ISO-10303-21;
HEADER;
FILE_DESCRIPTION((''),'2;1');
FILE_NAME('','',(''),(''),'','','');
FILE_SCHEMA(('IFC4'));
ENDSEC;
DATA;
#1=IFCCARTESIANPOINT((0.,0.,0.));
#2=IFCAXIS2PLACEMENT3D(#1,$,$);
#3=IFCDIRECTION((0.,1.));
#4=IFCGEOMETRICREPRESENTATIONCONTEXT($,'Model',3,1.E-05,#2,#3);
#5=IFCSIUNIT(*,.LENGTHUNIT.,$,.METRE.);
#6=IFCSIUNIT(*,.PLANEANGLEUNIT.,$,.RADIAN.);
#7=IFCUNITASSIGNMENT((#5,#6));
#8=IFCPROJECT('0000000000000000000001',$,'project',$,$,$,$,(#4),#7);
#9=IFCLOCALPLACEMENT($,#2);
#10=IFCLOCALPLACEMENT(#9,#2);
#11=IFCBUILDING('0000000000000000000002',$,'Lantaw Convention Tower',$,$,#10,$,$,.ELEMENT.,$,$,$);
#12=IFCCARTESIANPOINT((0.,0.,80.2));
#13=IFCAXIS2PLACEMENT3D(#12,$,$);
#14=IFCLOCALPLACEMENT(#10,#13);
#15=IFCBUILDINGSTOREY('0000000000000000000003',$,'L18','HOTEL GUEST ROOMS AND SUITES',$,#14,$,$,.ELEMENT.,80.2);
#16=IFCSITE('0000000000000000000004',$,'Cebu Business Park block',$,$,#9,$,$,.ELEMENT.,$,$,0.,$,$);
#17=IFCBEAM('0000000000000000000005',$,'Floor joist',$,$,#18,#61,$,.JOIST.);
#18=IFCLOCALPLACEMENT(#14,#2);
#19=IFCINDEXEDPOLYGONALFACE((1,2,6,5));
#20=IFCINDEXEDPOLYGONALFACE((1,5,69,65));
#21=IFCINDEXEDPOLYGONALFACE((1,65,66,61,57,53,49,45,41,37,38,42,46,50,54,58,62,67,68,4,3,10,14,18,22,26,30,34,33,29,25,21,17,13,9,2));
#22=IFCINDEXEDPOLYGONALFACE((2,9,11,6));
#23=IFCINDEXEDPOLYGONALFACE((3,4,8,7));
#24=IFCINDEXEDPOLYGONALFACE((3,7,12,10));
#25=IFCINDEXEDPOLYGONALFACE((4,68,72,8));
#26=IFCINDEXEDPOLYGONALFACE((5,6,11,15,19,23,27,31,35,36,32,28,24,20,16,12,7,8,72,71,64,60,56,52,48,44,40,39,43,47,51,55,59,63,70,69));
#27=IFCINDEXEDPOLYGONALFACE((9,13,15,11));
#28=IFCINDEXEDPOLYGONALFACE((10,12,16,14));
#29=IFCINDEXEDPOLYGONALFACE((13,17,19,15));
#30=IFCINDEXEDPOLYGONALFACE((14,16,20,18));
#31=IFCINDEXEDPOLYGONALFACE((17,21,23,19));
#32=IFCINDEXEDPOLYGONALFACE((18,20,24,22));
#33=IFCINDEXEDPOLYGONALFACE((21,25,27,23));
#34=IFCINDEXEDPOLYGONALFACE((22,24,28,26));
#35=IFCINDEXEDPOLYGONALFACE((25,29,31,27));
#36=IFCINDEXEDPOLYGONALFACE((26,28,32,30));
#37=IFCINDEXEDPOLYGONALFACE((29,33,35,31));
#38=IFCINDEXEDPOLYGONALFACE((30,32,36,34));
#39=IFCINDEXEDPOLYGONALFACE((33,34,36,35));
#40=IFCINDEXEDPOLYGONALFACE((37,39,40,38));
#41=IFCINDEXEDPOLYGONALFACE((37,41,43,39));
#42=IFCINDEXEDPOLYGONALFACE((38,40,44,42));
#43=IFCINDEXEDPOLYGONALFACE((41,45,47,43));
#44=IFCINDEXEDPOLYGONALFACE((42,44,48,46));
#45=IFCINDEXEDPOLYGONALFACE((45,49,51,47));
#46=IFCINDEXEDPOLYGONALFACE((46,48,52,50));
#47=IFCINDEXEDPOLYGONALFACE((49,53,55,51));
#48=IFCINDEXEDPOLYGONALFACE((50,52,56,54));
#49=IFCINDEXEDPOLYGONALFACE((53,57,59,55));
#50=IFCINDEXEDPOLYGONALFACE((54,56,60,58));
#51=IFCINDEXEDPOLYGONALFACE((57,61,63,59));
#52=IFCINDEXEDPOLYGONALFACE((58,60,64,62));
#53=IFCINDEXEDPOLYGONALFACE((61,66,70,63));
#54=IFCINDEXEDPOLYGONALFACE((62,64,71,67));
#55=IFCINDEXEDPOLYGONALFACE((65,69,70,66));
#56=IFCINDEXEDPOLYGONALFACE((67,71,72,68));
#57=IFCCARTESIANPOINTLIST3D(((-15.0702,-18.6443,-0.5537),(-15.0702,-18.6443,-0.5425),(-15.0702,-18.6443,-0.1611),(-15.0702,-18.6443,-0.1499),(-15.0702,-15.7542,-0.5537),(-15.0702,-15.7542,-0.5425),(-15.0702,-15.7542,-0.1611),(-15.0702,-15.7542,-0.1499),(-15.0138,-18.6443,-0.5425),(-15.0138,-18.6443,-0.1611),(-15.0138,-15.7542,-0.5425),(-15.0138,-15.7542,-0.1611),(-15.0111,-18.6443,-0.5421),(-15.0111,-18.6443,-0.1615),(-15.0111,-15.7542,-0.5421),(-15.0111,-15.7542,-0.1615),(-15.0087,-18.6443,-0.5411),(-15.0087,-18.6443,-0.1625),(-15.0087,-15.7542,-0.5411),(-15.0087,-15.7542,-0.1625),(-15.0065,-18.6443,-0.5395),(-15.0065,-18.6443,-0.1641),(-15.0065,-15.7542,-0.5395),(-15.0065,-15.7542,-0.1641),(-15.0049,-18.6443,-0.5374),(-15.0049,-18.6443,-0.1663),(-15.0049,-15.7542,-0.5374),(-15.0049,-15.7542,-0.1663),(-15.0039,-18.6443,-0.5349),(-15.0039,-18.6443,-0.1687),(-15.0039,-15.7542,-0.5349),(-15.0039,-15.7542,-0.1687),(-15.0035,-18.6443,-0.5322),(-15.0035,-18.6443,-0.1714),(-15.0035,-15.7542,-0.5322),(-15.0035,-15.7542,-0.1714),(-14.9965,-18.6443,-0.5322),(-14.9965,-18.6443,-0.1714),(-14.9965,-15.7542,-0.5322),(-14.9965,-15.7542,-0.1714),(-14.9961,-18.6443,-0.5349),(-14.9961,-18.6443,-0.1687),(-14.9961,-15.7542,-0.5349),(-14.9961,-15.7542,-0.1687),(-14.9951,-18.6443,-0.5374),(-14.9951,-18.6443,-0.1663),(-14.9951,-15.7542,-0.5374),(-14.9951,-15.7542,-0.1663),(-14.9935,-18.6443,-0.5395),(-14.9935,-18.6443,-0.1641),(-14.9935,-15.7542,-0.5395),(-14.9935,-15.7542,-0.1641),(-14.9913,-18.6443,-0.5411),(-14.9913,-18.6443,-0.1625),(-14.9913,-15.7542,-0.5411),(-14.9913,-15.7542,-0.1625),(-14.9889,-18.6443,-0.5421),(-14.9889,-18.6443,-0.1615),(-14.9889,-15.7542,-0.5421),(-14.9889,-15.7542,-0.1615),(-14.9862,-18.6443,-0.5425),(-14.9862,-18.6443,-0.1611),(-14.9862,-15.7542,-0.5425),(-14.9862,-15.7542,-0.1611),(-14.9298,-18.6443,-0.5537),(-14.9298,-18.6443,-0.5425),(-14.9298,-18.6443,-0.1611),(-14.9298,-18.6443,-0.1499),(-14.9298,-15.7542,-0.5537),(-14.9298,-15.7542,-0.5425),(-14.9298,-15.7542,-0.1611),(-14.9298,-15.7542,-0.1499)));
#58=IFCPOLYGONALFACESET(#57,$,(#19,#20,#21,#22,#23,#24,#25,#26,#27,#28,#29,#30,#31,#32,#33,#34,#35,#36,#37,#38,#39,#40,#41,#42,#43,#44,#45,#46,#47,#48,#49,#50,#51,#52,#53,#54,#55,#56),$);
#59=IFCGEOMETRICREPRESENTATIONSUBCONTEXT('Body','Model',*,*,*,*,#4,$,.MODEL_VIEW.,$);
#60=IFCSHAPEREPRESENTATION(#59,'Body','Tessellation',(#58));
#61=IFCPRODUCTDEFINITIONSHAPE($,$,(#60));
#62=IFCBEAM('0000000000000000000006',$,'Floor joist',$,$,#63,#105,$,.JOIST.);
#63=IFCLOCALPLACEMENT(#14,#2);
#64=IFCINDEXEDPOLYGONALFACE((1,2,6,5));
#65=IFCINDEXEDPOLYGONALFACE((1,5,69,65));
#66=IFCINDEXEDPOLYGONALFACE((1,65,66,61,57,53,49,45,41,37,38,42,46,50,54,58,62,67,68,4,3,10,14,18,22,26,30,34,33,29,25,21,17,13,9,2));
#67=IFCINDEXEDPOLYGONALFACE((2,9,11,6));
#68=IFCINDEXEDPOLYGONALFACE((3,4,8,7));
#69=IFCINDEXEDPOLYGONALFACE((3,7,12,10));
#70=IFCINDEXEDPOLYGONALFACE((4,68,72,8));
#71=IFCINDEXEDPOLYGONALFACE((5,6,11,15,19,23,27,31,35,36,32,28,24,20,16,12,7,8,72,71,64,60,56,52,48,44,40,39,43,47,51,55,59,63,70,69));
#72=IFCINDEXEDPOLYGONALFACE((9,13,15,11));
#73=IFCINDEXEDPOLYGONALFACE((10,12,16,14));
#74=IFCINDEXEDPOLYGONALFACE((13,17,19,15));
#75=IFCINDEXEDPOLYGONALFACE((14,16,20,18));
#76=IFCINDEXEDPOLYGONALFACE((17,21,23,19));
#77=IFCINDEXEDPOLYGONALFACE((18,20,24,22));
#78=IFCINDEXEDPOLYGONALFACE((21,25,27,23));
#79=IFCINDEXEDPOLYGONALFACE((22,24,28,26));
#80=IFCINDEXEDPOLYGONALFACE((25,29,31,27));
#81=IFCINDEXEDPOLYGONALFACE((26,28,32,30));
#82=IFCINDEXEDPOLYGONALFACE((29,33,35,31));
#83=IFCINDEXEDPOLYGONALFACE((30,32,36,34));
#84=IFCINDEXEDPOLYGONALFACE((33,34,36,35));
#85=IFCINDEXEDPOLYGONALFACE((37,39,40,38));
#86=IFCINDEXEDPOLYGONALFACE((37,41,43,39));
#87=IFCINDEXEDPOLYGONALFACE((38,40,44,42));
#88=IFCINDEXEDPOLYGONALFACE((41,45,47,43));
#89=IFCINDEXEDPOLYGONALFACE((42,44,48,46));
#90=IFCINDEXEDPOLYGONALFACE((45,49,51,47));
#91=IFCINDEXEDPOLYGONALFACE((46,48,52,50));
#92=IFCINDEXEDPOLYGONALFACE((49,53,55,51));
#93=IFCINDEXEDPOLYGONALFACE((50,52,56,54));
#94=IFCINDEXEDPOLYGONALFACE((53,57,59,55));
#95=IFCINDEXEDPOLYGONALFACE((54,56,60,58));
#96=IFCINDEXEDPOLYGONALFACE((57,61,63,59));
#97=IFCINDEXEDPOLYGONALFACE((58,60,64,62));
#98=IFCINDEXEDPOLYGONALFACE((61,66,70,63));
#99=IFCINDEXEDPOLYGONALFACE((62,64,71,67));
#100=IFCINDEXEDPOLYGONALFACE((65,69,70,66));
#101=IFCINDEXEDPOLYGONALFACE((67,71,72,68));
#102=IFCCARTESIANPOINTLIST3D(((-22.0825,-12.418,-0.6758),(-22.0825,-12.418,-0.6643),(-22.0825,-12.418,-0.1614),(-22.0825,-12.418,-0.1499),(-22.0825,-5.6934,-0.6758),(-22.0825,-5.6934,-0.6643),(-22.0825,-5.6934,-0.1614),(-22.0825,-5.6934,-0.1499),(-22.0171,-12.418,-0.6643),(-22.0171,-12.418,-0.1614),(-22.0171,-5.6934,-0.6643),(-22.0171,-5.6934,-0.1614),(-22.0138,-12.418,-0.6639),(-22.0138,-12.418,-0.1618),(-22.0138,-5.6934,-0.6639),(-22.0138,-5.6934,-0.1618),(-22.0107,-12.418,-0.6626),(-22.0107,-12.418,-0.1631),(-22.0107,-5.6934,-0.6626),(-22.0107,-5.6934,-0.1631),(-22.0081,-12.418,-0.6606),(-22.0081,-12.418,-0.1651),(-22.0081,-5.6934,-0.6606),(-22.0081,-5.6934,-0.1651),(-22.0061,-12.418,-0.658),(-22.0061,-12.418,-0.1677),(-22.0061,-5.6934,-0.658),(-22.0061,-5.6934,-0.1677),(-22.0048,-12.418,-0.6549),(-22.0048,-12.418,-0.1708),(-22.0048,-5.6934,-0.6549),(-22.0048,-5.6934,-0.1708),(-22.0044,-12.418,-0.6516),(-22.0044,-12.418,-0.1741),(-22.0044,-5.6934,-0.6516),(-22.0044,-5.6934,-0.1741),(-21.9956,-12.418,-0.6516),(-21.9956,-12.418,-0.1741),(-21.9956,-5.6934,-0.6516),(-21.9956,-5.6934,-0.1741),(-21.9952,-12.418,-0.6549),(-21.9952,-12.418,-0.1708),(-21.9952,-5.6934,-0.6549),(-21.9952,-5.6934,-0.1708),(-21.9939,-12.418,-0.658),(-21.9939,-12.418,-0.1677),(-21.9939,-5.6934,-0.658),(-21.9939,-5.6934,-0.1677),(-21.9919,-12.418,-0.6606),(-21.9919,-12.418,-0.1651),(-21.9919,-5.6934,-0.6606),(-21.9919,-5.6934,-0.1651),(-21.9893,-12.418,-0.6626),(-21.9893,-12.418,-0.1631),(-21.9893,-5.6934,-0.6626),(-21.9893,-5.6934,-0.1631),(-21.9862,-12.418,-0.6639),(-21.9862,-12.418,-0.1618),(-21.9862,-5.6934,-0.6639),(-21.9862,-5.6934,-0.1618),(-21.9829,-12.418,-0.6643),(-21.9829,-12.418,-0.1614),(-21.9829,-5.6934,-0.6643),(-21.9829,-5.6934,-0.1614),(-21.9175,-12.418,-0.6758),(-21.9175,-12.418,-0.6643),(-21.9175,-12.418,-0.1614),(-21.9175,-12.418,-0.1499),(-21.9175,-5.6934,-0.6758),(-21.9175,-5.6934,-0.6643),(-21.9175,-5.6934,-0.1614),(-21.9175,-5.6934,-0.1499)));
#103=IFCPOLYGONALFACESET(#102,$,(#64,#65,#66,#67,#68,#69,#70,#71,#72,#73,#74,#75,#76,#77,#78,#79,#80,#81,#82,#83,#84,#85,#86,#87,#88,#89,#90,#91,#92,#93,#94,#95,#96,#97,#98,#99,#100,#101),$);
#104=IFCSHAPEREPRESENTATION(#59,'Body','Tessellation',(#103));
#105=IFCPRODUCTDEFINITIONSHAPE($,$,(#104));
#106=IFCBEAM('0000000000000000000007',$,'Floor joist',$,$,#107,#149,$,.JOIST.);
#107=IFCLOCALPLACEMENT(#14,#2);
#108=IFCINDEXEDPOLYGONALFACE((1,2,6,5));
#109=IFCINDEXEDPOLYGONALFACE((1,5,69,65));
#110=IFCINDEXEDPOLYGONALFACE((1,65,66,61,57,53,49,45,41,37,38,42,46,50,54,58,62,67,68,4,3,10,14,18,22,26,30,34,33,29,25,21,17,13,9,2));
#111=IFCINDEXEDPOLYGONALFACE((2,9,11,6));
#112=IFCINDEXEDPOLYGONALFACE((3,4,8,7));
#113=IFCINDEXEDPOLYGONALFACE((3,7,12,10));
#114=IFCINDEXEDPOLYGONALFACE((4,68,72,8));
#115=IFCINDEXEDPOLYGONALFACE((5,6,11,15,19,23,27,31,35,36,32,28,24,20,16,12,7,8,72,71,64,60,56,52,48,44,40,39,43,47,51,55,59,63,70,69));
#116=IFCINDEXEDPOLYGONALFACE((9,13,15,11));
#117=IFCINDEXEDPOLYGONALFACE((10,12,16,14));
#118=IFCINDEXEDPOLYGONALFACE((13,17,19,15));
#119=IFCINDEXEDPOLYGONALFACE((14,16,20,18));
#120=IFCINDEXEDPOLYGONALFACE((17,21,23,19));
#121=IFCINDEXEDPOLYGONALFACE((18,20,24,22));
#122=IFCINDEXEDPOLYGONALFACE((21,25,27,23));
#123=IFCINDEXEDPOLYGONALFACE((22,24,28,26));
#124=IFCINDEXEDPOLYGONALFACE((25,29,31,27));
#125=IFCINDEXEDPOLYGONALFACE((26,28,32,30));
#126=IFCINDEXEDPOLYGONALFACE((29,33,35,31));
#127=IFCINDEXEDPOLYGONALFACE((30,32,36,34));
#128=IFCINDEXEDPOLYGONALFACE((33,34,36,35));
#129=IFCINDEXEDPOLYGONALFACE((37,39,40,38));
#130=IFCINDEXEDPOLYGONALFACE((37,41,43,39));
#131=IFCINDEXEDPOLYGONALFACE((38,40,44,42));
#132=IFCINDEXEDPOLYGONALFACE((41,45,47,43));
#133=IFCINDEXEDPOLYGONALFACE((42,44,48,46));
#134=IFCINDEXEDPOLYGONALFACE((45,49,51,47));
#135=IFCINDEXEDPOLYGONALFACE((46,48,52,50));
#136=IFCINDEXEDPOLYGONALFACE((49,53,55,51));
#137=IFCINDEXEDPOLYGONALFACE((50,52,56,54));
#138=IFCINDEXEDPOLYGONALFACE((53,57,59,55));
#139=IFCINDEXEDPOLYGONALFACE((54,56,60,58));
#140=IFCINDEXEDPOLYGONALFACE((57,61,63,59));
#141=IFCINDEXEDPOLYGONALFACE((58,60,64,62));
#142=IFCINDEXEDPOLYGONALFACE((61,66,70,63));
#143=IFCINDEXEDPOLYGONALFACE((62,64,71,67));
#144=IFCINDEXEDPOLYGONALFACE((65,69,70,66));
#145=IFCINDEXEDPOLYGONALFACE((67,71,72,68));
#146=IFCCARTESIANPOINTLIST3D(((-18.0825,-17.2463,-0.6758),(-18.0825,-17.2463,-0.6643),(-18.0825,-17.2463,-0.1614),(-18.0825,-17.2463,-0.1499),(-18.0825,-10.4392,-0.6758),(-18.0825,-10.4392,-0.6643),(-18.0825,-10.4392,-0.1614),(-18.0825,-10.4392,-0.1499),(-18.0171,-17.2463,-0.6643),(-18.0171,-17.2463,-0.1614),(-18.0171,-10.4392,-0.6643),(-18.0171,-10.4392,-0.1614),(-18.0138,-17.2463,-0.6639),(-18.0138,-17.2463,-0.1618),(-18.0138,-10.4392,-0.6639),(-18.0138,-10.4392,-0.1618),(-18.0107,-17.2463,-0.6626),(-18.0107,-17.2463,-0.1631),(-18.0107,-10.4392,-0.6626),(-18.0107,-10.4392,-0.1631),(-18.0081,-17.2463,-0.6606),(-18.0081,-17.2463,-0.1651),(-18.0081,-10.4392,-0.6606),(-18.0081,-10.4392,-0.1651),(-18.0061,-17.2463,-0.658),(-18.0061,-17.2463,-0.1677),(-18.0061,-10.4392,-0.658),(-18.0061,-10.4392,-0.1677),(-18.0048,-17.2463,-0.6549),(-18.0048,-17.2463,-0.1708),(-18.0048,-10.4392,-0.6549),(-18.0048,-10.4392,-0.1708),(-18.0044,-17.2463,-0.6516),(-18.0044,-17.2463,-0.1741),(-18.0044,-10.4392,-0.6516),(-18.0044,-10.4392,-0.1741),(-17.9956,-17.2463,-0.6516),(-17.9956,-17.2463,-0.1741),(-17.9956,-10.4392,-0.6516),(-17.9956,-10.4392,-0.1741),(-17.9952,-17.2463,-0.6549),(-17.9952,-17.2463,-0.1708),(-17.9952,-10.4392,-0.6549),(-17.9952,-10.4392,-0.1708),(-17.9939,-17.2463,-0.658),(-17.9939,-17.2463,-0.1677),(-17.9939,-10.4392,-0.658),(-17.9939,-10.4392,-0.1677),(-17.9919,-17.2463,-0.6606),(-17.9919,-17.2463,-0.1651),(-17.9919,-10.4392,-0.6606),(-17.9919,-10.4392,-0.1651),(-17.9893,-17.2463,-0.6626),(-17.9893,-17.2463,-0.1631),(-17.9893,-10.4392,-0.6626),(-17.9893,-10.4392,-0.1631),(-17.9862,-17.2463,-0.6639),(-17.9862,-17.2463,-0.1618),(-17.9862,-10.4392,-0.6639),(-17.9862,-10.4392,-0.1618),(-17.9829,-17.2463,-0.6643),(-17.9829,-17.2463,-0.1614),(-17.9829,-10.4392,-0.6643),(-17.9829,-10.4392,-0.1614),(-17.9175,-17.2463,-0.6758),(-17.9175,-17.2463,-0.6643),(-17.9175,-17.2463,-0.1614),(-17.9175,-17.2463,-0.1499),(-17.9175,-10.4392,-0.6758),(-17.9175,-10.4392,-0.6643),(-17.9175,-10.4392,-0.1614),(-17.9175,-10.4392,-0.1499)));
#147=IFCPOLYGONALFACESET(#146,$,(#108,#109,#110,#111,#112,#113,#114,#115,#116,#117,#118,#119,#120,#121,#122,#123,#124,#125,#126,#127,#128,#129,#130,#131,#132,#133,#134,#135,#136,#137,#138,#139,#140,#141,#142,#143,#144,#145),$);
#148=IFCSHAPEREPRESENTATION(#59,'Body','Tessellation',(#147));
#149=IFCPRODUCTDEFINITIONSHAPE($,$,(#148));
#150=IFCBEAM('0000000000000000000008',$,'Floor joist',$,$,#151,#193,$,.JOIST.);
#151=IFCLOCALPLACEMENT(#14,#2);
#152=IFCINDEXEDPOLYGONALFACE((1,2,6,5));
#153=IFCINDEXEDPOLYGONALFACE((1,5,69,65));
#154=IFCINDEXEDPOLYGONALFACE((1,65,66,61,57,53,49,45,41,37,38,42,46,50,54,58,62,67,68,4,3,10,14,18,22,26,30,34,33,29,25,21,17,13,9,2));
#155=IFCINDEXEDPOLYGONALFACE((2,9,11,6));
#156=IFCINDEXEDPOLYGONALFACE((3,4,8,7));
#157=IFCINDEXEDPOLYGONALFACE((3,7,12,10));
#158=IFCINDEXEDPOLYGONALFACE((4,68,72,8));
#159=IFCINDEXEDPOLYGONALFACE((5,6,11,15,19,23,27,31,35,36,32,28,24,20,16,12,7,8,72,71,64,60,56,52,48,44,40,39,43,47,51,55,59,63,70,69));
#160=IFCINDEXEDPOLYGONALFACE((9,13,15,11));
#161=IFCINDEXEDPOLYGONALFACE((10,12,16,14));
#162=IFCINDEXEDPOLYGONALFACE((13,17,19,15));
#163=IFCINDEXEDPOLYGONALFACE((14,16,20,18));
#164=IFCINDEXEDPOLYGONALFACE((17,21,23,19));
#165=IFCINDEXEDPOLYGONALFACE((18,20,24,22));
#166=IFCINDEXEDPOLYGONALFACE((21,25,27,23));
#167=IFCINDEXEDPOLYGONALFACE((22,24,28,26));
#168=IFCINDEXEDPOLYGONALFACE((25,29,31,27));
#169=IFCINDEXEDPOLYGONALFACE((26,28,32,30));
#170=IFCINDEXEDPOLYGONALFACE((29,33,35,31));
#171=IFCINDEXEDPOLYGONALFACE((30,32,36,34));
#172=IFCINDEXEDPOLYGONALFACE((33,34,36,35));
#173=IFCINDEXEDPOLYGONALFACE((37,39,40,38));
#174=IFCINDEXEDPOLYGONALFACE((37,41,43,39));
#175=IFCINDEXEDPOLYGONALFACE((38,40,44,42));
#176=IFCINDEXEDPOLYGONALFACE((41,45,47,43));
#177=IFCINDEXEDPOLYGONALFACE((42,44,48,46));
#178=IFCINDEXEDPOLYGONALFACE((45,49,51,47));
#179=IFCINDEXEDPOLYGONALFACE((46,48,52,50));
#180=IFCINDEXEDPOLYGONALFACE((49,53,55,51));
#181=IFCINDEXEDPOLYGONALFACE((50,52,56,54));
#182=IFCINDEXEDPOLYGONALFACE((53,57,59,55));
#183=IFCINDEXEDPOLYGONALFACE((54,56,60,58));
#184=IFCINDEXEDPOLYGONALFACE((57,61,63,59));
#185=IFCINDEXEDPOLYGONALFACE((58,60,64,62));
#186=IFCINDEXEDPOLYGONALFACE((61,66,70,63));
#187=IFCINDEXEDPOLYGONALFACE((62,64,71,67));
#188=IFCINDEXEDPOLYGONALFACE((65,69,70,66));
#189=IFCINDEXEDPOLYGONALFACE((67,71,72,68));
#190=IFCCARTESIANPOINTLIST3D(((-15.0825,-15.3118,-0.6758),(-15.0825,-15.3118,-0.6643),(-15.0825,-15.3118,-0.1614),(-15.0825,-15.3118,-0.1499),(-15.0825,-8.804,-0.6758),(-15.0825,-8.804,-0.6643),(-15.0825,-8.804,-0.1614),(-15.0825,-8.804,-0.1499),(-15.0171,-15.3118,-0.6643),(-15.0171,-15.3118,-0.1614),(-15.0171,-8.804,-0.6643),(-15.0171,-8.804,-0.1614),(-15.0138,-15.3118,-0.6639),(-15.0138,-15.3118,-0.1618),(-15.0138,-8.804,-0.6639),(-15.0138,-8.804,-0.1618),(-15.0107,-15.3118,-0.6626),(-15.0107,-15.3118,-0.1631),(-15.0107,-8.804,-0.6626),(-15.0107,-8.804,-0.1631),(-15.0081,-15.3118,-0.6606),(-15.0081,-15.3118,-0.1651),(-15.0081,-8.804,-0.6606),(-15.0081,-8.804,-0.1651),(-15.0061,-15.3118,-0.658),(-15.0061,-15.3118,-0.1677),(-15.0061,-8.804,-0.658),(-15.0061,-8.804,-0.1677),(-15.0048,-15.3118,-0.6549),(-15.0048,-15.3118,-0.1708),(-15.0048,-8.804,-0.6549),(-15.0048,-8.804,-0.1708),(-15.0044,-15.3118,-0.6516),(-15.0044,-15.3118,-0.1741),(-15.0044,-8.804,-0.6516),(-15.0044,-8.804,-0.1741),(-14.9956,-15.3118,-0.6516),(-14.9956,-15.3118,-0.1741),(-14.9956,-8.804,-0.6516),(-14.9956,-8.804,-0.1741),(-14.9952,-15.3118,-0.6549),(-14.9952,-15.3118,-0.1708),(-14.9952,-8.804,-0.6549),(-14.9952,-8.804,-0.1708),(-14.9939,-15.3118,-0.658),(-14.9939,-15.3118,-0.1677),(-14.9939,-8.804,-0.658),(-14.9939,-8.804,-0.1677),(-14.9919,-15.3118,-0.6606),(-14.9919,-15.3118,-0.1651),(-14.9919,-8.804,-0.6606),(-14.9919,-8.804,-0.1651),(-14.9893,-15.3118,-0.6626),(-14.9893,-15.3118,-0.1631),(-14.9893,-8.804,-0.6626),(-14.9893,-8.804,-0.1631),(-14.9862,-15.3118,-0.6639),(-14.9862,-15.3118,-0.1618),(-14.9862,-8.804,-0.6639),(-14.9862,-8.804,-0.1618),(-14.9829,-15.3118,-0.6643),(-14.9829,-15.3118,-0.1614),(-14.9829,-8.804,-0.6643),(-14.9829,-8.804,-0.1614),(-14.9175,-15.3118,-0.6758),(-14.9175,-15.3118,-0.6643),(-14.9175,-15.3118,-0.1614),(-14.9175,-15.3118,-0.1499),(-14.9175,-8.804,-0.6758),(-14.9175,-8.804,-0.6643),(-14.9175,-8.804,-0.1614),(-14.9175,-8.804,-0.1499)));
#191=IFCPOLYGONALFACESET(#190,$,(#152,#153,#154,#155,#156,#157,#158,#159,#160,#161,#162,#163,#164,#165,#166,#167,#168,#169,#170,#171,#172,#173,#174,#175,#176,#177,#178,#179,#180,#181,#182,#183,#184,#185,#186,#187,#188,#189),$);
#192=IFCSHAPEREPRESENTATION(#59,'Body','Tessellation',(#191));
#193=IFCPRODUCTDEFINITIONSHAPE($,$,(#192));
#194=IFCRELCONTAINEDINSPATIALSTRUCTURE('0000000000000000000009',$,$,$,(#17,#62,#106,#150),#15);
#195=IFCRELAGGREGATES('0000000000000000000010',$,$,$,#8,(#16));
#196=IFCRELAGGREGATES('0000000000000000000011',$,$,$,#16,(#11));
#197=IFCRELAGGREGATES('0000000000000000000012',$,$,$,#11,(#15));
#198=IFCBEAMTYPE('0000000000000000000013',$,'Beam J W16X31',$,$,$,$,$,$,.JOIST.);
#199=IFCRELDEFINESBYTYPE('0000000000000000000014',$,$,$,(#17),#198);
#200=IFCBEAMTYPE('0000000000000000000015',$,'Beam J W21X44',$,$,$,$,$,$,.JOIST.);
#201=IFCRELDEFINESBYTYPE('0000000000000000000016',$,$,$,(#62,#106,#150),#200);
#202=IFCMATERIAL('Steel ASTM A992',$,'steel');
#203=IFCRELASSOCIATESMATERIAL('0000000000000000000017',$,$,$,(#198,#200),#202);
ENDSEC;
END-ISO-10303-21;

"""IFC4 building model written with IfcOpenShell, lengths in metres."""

from ifc_helpers import new_model, si_unit, direction, frame, origin, origin_2d, place, context, subcontext, project, spatial, i_section, extrude, material, material_profile, profile_set, type_object, element, save


model = new_model("IFC4")

# Units and contexts
model_context = context("Model", 3, precision=1e-05, world=origin(), true_north=direction((0.0, 1.0)))
body_context = subcontext(model_context, "Body", "Model", "MODEL_VIEW")
ifc_project = project(units=[si_unit("LENGTHUNIT", "METRE"), si_unit("PLANEANGLEUNIT", "RADIAN")], contexts=[model_context])

# Site, building, storey
site_placement = place(None, origin())
site = spatial("IfcSite", under=ifc_project, at=site_placement, Name="Cebu Business Park block", CompositionType="ELEMENT", RefElevation=0.0)
building_placement = place(site_placement, origin())
building = spatial("IfcBuilding", under=site, at=building_placement, Name="Lantaw Convention Tower", CompositionType="ELEMENT")
storey_placement = place(building_placement, frame((0.0, 0.0, 80.2)))
storey = spatial("IfcBuildingStorey", under=building, at=storey_placement, Name="L18", Description="HOTEL GUEST ROOMS AND SUITES", CompositionType="ELEMENT", Elevation=80.2)

# Beams
ifc_material_1 = material(Name="Steel ASTM A992", Category="steel")
ifc_material_profile_1 = material_profile(ifc_material_1, i_section(OverallWidth=0.1404, OverallDepth=0.4038, WebThickness=0.0071, FlangeThickness=0.0112, FilletRadius=0.0103, at=origin_2d()), Name="W16X31")
ifc_profile_set_1 = profile_set([ifc_material_profile_1], Name="Steel ASTM A992")
beam_type_1 = type_object("IfcBeamType", Name="Beam J W16X31", PredefinedType="JOIST", material=ifc_profile_set_1)
beam_1_placement = place(storey_placement, frame((-15.0, -18.6443, -0.3518), z_axis=(0.0, 1.0, 0.0), x_axis=(-1.0, 0.0, 0.0)))
element("IfcBeam", 1, at=beam_1_placement, inside=storey, type_object=beam_type_1, Name="Floor joist", PredefinedType="JOIST", context=body_context, shape_type="SweptSolid", body=[
    extrude(i_section(OverallWidth=0.1404, OverallDepth=0.4038, WebThickness=0.0071, FlangeThickness=0.0112, FilletRadius=0.0103, at=origin_2d()), origin(), (0.0, 0.0, 1.0), 2.8901),
])
ifc_material_profile_2 = material_profile(ifc_material_1, i_section(OverallWidth=0.165, OverallDepth=0.5259, WebThickness=0.0088, FlangeThickness=0.0115, FilletRadius=0.0127, at=origin_2d()), Name="W21X44")
ifc_profile_set_2 = profile_set([ifc_material_profile_2], Name="Steel ASTM A992")
beam_type_2 = type_object("IfcBeamType", Name="Beam J W21X44", PredefinedType="JOIST", material=ifc_profile_set_2)
beam_2_placement = place(storey_placement, frame((-22.0, -12.418, -0.4128), z_axis=(0.0, 1.0, 0.0), x_axis=(-1.0, 0.0, 0.0)))
element("IfcBeam", 2, at=beam_2_placement, inside=storey, type_object=beam_type_2, Name="Floor joist", PredefinedType="JOIST", context=body_context, shape_type="SweptSolid", body=[
    extrude(i_section(OverallWidth=0.165, OverallDepth=0.5259, WebThickness=0.0088, FlangeThickness=0.0115, FilletRadius=0.0127, at=origin_2d()), origin(), (0.0, 0.0, 1.0), 6.7246),
])
beam_3_placement = place(storey_placement, frame((-18.0, -17.2463, -0.4128), z_axis=(0.0, 1.0, 0.0), x_axis=(-1.0, 0.0, 0.0)))
element("IfcBeam", 3, at=beam_3_placement, inside=storey, type_object=beam_type_2, Name="Floor joist", PredefinedType="JOIST", context=body_context, shape_type="SweptSolid", body=[
    extrude(i_section(OverallWidth=0.165, OverallDepth=0.5259, WebThickness=0.0088, FlangeThickness=0.0115, FilletRadius=0.0127, at=origin_2d()), origin(), (0.0, 0.0, 1.0), 6.8071),
])
beam_4_placement = place(storey_placement, frame((-15.0, -15.3118, -0.4128), z_axis=(0.0, 1.0, 0.0), x_axis=(-1.0, 0.0, 0.0)))
element("IfcBeam", 4, at=beam_4_placement, inside=storey, type_object=beam_type_2, Name="Floor joist", PredefinedType="JOIST", context=body_context, shape_type="SweptSolid", body=[
    extrude(i_section(OverallWidth=0.165, OverallDepth=0.5259, WebThickness=0.0088, FlangeThickness=0.0115, FilletRadius=0.0127, at=origin_2d()), origin(), (0.0, 0.0, 1.0), 6.5078),
])

save(model, "model.ifc")
